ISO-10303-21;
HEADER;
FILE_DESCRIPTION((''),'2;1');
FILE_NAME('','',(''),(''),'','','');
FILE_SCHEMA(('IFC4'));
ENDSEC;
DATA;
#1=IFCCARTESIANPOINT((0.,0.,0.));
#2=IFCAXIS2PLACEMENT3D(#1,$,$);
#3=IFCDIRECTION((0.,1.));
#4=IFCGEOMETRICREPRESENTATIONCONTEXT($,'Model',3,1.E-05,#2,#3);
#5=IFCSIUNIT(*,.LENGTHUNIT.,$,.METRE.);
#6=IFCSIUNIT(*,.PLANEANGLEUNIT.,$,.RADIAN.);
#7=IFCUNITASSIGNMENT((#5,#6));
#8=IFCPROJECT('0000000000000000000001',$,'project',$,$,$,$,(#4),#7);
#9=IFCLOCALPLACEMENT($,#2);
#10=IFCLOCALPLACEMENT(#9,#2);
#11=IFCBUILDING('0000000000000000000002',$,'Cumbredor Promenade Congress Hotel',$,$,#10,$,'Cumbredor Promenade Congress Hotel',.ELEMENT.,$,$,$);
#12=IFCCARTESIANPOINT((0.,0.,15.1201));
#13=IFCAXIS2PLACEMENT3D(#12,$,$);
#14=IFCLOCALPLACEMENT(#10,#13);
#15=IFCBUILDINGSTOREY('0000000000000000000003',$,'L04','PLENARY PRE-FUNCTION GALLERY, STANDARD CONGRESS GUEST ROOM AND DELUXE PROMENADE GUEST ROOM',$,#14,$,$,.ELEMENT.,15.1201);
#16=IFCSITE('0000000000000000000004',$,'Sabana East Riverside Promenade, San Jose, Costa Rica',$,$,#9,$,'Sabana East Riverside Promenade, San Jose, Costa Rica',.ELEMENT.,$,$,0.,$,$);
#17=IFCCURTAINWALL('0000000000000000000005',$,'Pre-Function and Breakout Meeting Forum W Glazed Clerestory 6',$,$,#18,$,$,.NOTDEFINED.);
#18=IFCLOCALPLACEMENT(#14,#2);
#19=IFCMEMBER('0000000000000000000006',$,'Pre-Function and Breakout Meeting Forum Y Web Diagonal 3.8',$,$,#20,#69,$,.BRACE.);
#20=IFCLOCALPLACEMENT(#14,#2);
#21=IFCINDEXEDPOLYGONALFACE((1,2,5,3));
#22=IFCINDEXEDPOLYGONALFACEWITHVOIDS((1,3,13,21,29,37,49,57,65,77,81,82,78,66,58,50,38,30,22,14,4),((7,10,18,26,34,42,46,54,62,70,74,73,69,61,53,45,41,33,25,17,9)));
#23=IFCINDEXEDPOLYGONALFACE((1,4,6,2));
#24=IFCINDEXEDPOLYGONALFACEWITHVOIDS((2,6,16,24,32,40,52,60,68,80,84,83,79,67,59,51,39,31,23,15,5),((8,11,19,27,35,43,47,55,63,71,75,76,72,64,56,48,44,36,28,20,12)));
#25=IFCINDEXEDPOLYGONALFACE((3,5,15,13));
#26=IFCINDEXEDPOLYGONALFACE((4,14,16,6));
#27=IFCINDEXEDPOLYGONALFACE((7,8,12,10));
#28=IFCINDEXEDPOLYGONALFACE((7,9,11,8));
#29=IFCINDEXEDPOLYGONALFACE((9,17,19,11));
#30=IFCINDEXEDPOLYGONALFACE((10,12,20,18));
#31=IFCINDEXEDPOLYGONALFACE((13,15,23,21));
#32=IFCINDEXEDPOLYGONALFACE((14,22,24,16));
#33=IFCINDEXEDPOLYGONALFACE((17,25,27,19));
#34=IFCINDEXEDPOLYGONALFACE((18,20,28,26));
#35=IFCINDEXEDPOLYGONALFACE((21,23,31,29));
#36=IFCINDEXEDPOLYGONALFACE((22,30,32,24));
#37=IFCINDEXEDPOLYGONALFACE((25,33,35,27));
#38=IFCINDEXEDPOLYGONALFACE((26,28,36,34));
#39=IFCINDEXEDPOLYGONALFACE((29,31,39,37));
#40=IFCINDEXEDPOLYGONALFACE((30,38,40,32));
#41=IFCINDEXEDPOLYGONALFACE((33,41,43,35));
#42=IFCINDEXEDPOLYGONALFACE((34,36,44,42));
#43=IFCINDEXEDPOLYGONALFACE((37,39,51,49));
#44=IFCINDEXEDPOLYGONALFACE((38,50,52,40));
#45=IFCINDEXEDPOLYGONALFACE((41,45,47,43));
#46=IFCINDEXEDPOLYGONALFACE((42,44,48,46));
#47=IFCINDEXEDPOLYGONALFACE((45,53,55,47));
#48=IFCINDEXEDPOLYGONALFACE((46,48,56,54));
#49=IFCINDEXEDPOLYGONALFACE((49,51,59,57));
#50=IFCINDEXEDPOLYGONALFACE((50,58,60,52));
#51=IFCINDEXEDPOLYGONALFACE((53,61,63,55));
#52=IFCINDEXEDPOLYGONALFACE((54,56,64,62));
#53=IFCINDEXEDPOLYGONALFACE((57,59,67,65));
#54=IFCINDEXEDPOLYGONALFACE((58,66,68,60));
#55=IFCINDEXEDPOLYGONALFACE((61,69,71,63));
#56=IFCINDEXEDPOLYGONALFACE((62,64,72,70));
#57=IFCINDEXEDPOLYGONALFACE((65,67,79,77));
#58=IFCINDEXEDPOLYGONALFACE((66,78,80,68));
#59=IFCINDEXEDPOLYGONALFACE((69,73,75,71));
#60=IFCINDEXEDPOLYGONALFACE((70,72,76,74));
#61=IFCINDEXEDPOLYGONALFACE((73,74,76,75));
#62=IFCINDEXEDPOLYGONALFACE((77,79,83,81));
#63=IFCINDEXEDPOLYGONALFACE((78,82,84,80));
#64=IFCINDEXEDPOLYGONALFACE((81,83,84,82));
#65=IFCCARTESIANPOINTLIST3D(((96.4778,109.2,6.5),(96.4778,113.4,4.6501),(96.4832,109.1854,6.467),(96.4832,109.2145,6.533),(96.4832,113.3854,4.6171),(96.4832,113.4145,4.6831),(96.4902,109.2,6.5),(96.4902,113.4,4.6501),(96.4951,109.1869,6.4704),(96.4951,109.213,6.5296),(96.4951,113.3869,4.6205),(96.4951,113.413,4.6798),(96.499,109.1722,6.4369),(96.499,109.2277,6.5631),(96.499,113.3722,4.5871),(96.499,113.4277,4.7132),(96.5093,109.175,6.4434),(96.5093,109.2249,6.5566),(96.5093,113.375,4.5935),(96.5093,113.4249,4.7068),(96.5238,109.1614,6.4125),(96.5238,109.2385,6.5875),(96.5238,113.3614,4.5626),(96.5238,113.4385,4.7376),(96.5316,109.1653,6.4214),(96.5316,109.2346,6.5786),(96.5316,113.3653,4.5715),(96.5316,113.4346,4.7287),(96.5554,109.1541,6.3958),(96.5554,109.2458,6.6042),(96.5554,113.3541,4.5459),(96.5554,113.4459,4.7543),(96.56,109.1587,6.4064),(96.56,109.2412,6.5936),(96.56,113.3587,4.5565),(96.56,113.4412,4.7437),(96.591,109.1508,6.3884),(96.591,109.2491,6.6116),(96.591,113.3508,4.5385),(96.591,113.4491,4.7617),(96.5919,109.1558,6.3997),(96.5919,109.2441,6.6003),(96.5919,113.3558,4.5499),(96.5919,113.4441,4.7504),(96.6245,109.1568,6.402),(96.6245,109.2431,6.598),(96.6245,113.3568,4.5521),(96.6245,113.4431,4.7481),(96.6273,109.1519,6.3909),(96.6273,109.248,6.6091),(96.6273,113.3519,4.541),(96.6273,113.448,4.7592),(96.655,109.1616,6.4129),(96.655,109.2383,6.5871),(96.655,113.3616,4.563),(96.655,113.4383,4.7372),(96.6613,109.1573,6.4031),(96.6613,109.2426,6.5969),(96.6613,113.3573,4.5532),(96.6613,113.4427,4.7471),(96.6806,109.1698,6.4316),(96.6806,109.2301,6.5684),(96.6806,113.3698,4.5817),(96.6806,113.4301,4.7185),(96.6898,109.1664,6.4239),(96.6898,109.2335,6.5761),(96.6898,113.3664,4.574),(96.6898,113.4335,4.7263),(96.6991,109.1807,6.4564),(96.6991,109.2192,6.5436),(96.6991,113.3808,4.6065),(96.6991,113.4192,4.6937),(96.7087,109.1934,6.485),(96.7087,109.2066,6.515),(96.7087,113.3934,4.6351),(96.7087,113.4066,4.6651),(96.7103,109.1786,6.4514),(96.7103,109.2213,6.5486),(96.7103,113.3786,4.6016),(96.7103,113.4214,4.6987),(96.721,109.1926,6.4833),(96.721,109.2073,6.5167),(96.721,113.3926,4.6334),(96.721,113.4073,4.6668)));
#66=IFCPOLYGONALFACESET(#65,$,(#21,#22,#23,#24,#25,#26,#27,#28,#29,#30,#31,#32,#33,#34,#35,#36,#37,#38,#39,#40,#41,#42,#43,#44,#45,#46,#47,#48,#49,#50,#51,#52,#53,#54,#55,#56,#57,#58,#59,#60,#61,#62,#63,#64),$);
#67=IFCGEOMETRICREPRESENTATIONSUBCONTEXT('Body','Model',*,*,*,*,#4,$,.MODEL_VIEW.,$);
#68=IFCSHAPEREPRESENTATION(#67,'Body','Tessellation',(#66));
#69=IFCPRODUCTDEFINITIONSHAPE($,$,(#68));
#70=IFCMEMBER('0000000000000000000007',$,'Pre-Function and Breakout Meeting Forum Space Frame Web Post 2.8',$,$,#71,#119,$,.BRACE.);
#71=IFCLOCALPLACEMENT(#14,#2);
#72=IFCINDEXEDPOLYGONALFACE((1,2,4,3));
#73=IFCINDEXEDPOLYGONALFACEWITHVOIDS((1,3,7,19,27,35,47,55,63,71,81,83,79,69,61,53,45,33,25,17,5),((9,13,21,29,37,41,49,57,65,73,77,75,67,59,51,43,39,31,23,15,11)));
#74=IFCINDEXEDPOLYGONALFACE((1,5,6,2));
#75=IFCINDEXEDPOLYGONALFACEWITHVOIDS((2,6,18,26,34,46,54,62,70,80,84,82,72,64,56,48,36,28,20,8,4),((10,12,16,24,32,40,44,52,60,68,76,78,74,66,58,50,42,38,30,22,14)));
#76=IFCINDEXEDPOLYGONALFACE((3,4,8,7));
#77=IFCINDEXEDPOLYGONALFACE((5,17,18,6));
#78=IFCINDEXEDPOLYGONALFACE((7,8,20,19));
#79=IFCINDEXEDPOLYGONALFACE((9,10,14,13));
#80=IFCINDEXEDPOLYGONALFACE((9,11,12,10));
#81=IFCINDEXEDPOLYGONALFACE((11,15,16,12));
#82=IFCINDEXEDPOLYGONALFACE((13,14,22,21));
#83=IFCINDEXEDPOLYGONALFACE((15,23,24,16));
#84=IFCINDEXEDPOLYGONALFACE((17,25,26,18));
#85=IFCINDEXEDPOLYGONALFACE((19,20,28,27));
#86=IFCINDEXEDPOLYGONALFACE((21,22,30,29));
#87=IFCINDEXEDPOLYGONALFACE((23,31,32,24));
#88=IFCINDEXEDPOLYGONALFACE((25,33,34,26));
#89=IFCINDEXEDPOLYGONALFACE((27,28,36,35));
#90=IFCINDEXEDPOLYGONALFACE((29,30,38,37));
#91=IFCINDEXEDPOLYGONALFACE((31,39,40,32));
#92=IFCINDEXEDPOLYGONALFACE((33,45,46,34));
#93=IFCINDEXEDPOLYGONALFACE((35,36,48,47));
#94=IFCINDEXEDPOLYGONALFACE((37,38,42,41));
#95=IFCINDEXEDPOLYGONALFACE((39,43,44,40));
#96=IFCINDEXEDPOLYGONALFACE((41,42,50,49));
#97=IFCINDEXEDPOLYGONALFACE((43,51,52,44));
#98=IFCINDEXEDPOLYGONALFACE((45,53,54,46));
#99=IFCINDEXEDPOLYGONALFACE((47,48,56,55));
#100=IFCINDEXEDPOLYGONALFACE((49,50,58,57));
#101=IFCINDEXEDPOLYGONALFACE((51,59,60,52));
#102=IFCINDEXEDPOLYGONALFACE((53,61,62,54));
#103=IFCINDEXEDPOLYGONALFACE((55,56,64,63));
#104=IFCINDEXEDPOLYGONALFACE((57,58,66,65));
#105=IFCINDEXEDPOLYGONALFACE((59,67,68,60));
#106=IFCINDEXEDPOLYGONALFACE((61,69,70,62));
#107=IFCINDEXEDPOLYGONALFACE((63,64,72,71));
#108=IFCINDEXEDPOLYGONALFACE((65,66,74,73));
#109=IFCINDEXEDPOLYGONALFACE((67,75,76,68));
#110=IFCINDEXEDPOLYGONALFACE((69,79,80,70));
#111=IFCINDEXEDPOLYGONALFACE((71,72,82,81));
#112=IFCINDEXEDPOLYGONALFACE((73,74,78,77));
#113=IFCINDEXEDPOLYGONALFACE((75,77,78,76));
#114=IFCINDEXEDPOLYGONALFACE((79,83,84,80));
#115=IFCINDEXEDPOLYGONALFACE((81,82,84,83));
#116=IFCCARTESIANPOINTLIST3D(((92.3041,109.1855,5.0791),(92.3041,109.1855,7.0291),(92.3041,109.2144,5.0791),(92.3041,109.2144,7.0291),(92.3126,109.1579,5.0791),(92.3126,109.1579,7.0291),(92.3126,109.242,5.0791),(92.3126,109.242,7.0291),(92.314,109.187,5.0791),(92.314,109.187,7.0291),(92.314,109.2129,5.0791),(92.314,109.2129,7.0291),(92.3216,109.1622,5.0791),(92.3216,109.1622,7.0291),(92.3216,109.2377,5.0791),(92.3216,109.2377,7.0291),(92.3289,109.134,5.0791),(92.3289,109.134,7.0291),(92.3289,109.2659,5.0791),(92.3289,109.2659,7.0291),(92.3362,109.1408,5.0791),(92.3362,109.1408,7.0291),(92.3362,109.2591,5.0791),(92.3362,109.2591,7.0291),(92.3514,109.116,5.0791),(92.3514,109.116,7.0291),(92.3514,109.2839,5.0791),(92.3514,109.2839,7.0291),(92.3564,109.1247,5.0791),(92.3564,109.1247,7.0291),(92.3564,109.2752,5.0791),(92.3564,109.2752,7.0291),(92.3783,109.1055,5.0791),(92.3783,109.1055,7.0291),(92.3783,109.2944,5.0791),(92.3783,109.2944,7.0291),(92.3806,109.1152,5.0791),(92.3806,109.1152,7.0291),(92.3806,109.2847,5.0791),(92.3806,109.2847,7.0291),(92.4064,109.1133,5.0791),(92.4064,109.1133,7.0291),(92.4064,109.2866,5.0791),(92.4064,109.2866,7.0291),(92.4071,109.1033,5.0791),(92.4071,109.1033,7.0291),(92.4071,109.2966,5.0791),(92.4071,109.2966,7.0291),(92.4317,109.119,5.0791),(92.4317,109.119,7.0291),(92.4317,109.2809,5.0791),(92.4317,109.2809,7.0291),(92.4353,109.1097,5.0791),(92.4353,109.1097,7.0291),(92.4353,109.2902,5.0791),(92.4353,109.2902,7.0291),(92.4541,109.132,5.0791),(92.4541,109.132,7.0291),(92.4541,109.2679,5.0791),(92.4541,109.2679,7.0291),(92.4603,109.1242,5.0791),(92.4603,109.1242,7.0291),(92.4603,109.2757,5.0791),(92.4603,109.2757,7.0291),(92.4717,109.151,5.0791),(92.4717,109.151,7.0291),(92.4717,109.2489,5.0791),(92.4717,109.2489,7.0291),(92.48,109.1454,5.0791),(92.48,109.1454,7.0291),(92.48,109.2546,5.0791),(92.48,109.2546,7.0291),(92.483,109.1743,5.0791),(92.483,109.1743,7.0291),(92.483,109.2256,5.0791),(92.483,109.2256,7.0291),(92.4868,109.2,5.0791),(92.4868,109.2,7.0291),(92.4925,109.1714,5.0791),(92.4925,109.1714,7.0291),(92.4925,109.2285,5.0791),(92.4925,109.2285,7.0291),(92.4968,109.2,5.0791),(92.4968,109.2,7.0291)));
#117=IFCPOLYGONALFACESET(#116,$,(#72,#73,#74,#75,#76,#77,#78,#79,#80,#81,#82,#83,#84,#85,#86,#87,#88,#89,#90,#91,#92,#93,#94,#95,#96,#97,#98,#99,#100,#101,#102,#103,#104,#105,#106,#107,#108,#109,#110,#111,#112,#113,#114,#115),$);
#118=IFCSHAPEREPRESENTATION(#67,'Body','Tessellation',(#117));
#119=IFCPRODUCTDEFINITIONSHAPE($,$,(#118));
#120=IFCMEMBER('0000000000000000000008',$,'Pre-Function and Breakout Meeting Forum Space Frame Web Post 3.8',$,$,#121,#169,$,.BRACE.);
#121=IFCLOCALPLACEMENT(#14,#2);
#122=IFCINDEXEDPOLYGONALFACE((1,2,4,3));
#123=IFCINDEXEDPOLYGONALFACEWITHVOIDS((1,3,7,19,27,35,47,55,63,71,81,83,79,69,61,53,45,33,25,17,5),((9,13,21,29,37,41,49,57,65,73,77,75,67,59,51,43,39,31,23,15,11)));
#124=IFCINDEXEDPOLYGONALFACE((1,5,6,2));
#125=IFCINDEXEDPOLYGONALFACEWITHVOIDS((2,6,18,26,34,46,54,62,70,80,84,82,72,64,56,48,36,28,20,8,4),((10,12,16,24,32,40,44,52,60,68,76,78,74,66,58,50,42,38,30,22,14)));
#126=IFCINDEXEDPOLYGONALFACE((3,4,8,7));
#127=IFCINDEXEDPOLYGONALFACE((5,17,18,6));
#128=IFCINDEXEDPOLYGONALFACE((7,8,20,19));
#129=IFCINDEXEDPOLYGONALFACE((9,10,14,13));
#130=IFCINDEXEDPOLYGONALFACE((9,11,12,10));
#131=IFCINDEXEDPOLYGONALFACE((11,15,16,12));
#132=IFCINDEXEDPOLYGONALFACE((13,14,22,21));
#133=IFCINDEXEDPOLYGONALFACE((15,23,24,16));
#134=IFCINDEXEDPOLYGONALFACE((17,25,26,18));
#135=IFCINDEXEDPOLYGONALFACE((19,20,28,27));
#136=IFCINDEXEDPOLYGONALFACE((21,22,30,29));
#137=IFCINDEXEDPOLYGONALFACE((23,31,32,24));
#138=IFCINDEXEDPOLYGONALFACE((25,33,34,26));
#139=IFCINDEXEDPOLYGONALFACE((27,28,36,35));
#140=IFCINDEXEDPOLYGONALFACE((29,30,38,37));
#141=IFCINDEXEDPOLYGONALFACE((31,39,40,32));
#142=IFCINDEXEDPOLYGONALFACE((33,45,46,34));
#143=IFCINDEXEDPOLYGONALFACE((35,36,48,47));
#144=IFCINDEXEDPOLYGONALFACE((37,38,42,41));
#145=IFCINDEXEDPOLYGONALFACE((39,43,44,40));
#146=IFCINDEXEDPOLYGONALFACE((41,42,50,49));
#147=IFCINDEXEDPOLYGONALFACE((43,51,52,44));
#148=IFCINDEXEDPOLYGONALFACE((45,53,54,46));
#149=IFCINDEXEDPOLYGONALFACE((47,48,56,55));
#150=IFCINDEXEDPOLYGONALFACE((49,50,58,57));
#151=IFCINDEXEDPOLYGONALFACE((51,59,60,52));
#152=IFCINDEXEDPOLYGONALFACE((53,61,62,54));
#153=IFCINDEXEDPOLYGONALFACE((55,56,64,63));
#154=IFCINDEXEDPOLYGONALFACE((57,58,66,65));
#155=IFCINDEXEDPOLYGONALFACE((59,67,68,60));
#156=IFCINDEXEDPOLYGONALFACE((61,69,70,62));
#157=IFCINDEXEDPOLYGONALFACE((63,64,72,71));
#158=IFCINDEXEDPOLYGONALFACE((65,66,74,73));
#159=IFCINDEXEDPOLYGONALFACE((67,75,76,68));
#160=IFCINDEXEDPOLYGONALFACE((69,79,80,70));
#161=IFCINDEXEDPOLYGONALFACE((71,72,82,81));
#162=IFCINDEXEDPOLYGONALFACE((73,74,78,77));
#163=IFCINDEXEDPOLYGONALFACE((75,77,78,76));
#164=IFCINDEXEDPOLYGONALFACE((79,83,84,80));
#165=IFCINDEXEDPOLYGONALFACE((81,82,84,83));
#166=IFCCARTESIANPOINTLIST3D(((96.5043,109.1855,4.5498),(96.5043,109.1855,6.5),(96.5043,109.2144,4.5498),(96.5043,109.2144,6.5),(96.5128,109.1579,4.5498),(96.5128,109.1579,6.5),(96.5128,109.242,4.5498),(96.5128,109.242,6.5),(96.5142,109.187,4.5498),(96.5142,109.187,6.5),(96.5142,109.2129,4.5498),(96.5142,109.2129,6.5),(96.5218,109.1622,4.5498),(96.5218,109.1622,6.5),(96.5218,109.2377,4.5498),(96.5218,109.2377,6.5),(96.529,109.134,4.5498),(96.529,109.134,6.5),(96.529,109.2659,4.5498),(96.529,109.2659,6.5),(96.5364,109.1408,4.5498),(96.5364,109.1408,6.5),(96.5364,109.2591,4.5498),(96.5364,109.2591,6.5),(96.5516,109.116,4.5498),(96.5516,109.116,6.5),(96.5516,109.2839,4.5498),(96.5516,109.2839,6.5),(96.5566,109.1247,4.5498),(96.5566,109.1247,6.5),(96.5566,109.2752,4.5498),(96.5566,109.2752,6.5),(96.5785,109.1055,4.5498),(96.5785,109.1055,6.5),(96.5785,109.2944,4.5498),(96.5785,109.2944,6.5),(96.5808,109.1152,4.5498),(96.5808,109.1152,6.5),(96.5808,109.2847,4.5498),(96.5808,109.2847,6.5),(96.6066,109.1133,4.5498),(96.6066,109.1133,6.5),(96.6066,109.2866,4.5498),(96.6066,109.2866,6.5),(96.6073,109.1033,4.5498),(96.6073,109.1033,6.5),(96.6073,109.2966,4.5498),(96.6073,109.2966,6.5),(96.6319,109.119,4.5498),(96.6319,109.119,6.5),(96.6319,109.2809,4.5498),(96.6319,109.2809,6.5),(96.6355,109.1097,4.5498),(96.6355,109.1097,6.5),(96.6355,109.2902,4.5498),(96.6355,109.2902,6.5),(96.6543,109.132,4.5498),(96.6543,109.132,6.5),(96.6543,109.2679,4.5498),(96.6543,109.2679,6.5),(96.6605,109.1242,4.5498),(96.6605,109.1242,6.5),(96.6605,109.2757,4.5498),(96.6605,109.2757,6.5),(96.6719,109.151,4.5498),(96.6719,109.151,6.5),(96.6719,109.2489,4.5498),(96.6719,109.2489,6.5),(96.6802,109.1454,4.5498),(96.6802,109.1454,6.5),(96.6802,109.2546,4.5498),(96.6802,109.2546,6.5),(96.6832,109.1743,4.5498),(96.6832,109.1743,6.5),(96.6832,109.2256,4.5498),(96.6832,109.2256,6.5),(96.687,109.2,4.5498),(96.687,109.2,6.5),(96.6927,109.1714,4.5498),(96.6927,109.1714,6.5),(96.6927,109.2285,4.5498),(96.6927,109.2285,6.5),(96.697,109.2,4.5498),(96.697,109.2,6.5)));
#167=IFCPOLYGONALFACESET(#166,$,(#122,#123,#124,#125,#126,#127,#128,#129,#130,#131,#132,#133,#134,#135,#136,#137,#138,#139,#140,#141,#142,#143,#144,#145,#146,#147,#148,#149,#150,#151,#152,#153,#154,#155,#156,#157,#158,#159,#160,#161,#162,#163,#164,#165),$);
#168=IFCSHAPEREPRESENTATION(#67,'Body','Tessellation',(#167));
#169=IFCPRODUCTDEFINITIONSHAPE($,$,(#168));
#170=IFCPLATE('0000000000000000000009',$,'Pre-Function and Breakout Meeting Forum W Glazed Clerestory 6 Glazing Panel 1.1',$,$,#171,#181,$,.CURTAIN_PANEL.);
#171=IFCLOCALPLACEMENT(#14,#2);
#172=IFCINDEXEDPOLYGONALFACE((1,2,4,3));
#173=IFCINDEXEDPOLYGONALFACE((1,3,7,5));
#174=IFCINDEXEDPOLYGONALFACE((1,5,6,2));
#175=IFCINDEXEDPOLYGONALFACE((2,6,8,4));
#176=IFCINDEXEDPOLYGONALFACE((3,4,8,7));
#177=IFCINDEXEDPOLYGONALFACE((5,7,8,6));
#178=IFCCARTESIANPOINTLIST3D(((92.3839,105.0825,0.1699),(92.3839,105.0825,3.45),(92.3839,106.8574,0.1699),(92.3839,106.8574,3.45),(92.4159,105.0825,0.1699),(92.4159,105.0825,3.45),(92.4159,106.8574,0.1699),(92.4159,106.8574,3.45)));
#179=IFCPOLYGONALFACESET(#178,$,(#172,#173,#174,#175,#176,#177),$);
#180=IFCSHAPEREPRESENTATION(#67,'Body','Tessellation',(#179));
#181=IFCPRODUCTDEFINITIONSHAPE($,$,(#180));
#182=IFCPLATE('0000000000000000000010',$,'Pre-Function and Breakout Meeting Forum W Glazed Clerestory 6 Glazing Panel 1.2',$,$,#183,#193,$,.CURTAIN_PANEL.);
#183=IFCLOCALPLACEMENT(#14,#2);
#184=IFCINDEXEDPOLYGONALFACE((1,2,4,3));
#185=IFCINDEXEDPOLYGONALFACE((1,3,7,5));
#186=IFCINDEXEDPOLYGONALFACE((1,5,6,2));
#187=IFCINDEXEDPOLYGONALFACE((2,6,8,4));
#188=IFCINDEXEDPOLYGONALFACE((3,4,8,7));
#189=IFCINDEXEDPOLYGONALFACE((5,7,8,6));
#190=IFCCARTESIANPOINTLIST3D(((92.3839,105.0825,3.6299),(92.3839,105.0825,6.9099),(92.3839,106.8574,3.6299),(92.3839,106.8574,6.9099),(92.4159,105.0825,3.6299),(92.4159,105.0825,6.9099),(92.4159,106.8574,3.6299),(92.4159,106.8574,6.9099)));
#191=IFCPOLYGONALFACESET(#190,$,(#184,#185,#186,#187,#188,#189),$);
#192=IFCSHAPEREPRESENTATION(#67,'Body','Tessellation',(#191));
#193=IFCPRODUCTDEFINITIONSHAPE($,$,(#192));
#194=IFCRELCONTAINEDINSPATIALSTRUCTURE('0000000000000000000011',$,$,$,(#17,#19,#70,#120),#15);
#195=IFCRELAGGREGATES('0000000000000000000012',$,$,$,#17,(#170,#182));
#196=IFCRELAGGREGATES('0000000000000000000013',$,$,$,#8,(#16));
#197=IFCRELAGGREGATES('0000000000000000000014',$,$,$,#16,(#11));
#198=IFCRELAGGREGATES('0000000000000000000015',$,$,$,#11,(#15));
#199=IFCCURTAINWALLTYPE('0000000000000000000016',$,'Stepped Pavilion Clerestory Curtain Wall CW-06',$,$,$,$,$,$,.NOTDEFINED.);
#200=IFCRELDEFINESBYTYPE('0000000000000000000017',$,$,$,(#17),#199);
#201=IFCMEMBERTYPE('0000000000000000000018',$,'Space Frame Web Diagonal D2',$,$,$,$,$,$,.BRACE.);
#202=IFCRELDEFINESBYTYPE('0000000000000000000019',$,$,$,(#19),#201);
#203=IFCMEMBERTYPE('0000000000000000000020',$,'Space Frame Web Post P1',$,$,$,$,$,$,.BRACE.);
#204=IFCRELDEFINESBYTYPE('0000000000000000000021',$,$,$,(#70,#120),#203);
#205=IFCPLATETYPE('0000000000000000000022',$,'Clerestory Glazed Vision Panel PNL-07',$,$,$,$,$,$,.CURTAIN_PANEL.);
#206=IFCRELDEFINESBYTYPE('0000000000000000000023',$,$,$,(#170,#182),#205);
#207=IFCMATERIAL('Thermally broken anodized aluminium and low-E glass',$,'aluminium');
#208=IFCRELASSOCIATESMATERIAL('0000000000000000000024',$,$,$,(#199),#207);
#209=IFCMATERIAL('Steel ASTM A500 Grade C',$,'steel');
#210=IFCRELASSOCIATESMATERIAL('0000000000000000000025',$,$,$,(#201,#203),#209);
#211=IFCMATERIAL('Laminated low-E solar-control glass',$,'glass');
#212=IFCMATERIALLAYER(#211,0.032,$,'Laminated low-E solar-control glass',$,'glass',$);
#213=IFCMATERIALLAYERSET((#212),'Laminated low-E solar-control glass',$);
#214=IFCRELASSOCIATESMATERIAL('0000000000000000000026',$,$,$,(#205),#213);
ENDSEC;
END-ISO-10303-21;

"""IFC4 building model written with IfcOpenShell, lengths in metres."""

from ifc_helpers import new_model, si_unit, direction, frame, origin, origin_2d, place, context, subcontext, project, spatial, rectangle, hollow_circle, extrude, material, layer, layer_set, material_profile, profile_set, type_object, element, aggregate, save


model = new_model("IFC4")

# Units and contexts
model_context = context("Model", 3, precision=1e-05, world=origin(), true_north=direction((0.0, 1.0)))
body_context = subcontext(model_context, "Body", "Model", "MODEL_VIEW")
ifc_project = project(units=[si_unit("LENGTHUNIT", "METRE"), si_unit("PLANEANGLEUNIT", "RADIAN")], contexts=[model_context])

# Site, building, storey
site_placement = place(None, origin())
site = spatial("IfcSite", under=ifc_project, at=site_placement, Name="Sabana East Riverside Promenade, San Jose, Costa Rica", LongName="Sabana East Riverside Promenade, San Jose, Costa Rica", CompositionType="ELEMENT", RefElevation=0.0)
building_placement = place(site_placement, origin())
building = spatial("IfcBuilding", under=site, at=building_placement, Name="Cumbredor Promenade Congress Hotel", LongName="Cumbredor Promenade Congress Hotel", CompositionType="ELEMENT")
storey_placement = place(building_placement, frame((0.0, 0.0, 15.1201)))
storey = spatial("IfcBuildingStorey", under=building, at=storey_placement, Name="L04", Description="PLENARY PRE-FUNCTION GALLERY, STANDARD CONGRESS GUEST ROOM AND DELUXE PROMENADE GUEST ROOM", CompositionType="ELEMENT", Elevation=15.1201)

# Curtain wall
ifc_material_1 = material(Name="Thermally broken anodized aluminium and low-E glass", Category="aluminium")
curtain_wall_type = type_object("IfcCurtainWallType", Name="Stepped Pavilion Clerestory Curtain Wall CW-06", PredefinedType="NOTDEFINED", material=ifc_material_1)
curtain_wall_placement = place(storey_placement, origin())
curtain_wall = element("IfcCurtainWall", 1, at=curtain_wall_placement, inside=storey, type_object=curtain_wall_type, Name="Pre-Function and Breakout Meeting Forum W Glazed Clerestory 6", PredefinedType="NOTDEFINED")

# Members
ifc_material_2 = material(Name="Steel ASTM A500 Grade C", Category="steel")
ifc_material_profile_1 = material_profile(ifc_material_2, hollow_circle(Radius=0.1223, WallThickness=0.0125, at=origin_2d()), Name="CHS 244.5x12.5")
ifc_profile_set_1 = profile_set([ifc_material_profile_1], Name="Steel ASTM A500 Grade C")
member_type_1 = type_object("IfcMemberType", Name="Space Frame Web Diagonal D2", PredefinedType="BRACE", material=ifc_profile_set_1)
member_1_placement = place(storey_placement, frame((96.6001, 109.2, 6.5), z_axis=(0.0, 0.915164, -0.403081), x_axis=(-1.0, 0.0, 0.0)))
element("IfcMember", 2, at=member_1_placement, inside=storey, type_object=member_type_1, Name="Pre-Function and Breakout Meeting Forum Y Web Diagonal 3.8", PredefinedType="BRACE", context=body_context, shape_type="SweptSolid", body=[
    extrude(hollow_circle(Radius=0.1223, WallThickness=0.0125, at=origin_2d()), origin(), (0.0, 0.0, 1.0), 4.5894),
])
ifc_material_profile_2 = material_profile(ifc_material_2, hollow_circle(Radius=0.0969, WallThickness=0.01, at=origin_2d()), Name="CHS 193.7x10")
ifc_profile_set_2 = profile_set([ifc_material_profile_2], Name="Steel ASTM A500 Grade C")
member_type_2 = type_object("IfcMemberType", Name="Space Frame Web Post P1", PredefinedType="BRACE", material=ifc_profile_set_2)
member_2_placement = place(storey_placement, frame((92.3999, 109.2, 5.0791), z_axis=(0.0, 0.0, 1.0), x_axis=(1.0, 0.0, 0.0)))
element("IfcMember", 3, at=member_2_placement, inside=storey, type_object=member_type_2, Name="Pre-Function and Breakout Meeting Forum Space Frame Web Post 2.8", PredefinedType="BRACE", context=body_context, shape_type="SweptSolid", body=[
    extrude(hollow_circle(Radius=0.0969, WallThickness=0.01, at=origin_2d()), origin(), (0.0, 0.0, 1.0), 1.95),
])
member_3_placement = place(storey_placement, frame((96.6001, 109.2, 4.5498), z_axis=(0.0, 0.0, 1.0), x_axis=(1.0, 0.0, 0.0)))
element("IfcMember", 4, at=member_3_placement, inside=storey, type_object=member_type_2, Name="Pre-Function and Breakout Meeting Forum Space Frame Web Post 3.8", PredefinedType="BRACE", context=body_context, shape_type="SweptSolid", body=[
    extrude(hollow_circle(Radius=0.0969, WallThickness=0.01, at=origin_2d()), origin(), (0.0, 0.0, 1.0), 1.9502),
])

# Plates
ifc_material_3 = material(Name="Laminated low-E solar-control glass", Category="glass")
ifc_layer_1 = layer(ifc_material_3, 0.032, Name="Laminated low-E solar-control glass", Category="glass")
ifc_layer_set_1 = layer_set([ifc_layer_1], Name="Laminated low-E solar-control glass")
plate_type_1 = type_object("IfcPlateType", Name="Clerestory Glazed Vision Panel PNL-07", PredefinedType="CURTAIN_PANEL", material=ifc_layer_set_1)
plate_1_placement = place(storey_placement, frame((92.3999, 105.97, 0.1699), z_axis=(0.0, 0.0, 1.0), x_axis=(0.0, 1.0, 0.0)))
plate_1 = element("IfcPlate", 5, at=plate_1_placement, type_object=plate_type_1, Name="Pre-Function and Breakout Meeting Forum W Glazed Clerestory 6 Glazing Panel 1.1", PredefinedType="CURTAIN_PANEL", context=body_context, shape_type="SweptSolid", body=[
    extrude(rectangle(XDim=1.7749, YDim=0.032, at=origin_2d()), origin(), (0.0, 0.0, 1.0), 3.28),
])
plate_2_placement = place(storey_placement, frame((92.3999, 105.97, 3.6299), z_axis=(0.0, 0.0, 1.0), x_axis=(0.0, 1.0, 0.0)))
plate_2 = element("IfcPlate", 6, at=plate_2_placement, type_object=plate_type_1, Name="Pre-Function and Breakout Meeting Forum W Glazed Clerestory 6 Glazing Panel 1.2", PredefinedType="CURTAIN_PANEL", context=body_context, shape_type="SweptSolid", body=[
    extrude(rectangle(XDim=1.7749, YDim=0.032, at=origin_2d()), origin(), (0.0, 0.0, 1.0), 3.28),
])
aggregate(curtain_wall, [plate_1, plate_2])

save(model, "model.ifc")
